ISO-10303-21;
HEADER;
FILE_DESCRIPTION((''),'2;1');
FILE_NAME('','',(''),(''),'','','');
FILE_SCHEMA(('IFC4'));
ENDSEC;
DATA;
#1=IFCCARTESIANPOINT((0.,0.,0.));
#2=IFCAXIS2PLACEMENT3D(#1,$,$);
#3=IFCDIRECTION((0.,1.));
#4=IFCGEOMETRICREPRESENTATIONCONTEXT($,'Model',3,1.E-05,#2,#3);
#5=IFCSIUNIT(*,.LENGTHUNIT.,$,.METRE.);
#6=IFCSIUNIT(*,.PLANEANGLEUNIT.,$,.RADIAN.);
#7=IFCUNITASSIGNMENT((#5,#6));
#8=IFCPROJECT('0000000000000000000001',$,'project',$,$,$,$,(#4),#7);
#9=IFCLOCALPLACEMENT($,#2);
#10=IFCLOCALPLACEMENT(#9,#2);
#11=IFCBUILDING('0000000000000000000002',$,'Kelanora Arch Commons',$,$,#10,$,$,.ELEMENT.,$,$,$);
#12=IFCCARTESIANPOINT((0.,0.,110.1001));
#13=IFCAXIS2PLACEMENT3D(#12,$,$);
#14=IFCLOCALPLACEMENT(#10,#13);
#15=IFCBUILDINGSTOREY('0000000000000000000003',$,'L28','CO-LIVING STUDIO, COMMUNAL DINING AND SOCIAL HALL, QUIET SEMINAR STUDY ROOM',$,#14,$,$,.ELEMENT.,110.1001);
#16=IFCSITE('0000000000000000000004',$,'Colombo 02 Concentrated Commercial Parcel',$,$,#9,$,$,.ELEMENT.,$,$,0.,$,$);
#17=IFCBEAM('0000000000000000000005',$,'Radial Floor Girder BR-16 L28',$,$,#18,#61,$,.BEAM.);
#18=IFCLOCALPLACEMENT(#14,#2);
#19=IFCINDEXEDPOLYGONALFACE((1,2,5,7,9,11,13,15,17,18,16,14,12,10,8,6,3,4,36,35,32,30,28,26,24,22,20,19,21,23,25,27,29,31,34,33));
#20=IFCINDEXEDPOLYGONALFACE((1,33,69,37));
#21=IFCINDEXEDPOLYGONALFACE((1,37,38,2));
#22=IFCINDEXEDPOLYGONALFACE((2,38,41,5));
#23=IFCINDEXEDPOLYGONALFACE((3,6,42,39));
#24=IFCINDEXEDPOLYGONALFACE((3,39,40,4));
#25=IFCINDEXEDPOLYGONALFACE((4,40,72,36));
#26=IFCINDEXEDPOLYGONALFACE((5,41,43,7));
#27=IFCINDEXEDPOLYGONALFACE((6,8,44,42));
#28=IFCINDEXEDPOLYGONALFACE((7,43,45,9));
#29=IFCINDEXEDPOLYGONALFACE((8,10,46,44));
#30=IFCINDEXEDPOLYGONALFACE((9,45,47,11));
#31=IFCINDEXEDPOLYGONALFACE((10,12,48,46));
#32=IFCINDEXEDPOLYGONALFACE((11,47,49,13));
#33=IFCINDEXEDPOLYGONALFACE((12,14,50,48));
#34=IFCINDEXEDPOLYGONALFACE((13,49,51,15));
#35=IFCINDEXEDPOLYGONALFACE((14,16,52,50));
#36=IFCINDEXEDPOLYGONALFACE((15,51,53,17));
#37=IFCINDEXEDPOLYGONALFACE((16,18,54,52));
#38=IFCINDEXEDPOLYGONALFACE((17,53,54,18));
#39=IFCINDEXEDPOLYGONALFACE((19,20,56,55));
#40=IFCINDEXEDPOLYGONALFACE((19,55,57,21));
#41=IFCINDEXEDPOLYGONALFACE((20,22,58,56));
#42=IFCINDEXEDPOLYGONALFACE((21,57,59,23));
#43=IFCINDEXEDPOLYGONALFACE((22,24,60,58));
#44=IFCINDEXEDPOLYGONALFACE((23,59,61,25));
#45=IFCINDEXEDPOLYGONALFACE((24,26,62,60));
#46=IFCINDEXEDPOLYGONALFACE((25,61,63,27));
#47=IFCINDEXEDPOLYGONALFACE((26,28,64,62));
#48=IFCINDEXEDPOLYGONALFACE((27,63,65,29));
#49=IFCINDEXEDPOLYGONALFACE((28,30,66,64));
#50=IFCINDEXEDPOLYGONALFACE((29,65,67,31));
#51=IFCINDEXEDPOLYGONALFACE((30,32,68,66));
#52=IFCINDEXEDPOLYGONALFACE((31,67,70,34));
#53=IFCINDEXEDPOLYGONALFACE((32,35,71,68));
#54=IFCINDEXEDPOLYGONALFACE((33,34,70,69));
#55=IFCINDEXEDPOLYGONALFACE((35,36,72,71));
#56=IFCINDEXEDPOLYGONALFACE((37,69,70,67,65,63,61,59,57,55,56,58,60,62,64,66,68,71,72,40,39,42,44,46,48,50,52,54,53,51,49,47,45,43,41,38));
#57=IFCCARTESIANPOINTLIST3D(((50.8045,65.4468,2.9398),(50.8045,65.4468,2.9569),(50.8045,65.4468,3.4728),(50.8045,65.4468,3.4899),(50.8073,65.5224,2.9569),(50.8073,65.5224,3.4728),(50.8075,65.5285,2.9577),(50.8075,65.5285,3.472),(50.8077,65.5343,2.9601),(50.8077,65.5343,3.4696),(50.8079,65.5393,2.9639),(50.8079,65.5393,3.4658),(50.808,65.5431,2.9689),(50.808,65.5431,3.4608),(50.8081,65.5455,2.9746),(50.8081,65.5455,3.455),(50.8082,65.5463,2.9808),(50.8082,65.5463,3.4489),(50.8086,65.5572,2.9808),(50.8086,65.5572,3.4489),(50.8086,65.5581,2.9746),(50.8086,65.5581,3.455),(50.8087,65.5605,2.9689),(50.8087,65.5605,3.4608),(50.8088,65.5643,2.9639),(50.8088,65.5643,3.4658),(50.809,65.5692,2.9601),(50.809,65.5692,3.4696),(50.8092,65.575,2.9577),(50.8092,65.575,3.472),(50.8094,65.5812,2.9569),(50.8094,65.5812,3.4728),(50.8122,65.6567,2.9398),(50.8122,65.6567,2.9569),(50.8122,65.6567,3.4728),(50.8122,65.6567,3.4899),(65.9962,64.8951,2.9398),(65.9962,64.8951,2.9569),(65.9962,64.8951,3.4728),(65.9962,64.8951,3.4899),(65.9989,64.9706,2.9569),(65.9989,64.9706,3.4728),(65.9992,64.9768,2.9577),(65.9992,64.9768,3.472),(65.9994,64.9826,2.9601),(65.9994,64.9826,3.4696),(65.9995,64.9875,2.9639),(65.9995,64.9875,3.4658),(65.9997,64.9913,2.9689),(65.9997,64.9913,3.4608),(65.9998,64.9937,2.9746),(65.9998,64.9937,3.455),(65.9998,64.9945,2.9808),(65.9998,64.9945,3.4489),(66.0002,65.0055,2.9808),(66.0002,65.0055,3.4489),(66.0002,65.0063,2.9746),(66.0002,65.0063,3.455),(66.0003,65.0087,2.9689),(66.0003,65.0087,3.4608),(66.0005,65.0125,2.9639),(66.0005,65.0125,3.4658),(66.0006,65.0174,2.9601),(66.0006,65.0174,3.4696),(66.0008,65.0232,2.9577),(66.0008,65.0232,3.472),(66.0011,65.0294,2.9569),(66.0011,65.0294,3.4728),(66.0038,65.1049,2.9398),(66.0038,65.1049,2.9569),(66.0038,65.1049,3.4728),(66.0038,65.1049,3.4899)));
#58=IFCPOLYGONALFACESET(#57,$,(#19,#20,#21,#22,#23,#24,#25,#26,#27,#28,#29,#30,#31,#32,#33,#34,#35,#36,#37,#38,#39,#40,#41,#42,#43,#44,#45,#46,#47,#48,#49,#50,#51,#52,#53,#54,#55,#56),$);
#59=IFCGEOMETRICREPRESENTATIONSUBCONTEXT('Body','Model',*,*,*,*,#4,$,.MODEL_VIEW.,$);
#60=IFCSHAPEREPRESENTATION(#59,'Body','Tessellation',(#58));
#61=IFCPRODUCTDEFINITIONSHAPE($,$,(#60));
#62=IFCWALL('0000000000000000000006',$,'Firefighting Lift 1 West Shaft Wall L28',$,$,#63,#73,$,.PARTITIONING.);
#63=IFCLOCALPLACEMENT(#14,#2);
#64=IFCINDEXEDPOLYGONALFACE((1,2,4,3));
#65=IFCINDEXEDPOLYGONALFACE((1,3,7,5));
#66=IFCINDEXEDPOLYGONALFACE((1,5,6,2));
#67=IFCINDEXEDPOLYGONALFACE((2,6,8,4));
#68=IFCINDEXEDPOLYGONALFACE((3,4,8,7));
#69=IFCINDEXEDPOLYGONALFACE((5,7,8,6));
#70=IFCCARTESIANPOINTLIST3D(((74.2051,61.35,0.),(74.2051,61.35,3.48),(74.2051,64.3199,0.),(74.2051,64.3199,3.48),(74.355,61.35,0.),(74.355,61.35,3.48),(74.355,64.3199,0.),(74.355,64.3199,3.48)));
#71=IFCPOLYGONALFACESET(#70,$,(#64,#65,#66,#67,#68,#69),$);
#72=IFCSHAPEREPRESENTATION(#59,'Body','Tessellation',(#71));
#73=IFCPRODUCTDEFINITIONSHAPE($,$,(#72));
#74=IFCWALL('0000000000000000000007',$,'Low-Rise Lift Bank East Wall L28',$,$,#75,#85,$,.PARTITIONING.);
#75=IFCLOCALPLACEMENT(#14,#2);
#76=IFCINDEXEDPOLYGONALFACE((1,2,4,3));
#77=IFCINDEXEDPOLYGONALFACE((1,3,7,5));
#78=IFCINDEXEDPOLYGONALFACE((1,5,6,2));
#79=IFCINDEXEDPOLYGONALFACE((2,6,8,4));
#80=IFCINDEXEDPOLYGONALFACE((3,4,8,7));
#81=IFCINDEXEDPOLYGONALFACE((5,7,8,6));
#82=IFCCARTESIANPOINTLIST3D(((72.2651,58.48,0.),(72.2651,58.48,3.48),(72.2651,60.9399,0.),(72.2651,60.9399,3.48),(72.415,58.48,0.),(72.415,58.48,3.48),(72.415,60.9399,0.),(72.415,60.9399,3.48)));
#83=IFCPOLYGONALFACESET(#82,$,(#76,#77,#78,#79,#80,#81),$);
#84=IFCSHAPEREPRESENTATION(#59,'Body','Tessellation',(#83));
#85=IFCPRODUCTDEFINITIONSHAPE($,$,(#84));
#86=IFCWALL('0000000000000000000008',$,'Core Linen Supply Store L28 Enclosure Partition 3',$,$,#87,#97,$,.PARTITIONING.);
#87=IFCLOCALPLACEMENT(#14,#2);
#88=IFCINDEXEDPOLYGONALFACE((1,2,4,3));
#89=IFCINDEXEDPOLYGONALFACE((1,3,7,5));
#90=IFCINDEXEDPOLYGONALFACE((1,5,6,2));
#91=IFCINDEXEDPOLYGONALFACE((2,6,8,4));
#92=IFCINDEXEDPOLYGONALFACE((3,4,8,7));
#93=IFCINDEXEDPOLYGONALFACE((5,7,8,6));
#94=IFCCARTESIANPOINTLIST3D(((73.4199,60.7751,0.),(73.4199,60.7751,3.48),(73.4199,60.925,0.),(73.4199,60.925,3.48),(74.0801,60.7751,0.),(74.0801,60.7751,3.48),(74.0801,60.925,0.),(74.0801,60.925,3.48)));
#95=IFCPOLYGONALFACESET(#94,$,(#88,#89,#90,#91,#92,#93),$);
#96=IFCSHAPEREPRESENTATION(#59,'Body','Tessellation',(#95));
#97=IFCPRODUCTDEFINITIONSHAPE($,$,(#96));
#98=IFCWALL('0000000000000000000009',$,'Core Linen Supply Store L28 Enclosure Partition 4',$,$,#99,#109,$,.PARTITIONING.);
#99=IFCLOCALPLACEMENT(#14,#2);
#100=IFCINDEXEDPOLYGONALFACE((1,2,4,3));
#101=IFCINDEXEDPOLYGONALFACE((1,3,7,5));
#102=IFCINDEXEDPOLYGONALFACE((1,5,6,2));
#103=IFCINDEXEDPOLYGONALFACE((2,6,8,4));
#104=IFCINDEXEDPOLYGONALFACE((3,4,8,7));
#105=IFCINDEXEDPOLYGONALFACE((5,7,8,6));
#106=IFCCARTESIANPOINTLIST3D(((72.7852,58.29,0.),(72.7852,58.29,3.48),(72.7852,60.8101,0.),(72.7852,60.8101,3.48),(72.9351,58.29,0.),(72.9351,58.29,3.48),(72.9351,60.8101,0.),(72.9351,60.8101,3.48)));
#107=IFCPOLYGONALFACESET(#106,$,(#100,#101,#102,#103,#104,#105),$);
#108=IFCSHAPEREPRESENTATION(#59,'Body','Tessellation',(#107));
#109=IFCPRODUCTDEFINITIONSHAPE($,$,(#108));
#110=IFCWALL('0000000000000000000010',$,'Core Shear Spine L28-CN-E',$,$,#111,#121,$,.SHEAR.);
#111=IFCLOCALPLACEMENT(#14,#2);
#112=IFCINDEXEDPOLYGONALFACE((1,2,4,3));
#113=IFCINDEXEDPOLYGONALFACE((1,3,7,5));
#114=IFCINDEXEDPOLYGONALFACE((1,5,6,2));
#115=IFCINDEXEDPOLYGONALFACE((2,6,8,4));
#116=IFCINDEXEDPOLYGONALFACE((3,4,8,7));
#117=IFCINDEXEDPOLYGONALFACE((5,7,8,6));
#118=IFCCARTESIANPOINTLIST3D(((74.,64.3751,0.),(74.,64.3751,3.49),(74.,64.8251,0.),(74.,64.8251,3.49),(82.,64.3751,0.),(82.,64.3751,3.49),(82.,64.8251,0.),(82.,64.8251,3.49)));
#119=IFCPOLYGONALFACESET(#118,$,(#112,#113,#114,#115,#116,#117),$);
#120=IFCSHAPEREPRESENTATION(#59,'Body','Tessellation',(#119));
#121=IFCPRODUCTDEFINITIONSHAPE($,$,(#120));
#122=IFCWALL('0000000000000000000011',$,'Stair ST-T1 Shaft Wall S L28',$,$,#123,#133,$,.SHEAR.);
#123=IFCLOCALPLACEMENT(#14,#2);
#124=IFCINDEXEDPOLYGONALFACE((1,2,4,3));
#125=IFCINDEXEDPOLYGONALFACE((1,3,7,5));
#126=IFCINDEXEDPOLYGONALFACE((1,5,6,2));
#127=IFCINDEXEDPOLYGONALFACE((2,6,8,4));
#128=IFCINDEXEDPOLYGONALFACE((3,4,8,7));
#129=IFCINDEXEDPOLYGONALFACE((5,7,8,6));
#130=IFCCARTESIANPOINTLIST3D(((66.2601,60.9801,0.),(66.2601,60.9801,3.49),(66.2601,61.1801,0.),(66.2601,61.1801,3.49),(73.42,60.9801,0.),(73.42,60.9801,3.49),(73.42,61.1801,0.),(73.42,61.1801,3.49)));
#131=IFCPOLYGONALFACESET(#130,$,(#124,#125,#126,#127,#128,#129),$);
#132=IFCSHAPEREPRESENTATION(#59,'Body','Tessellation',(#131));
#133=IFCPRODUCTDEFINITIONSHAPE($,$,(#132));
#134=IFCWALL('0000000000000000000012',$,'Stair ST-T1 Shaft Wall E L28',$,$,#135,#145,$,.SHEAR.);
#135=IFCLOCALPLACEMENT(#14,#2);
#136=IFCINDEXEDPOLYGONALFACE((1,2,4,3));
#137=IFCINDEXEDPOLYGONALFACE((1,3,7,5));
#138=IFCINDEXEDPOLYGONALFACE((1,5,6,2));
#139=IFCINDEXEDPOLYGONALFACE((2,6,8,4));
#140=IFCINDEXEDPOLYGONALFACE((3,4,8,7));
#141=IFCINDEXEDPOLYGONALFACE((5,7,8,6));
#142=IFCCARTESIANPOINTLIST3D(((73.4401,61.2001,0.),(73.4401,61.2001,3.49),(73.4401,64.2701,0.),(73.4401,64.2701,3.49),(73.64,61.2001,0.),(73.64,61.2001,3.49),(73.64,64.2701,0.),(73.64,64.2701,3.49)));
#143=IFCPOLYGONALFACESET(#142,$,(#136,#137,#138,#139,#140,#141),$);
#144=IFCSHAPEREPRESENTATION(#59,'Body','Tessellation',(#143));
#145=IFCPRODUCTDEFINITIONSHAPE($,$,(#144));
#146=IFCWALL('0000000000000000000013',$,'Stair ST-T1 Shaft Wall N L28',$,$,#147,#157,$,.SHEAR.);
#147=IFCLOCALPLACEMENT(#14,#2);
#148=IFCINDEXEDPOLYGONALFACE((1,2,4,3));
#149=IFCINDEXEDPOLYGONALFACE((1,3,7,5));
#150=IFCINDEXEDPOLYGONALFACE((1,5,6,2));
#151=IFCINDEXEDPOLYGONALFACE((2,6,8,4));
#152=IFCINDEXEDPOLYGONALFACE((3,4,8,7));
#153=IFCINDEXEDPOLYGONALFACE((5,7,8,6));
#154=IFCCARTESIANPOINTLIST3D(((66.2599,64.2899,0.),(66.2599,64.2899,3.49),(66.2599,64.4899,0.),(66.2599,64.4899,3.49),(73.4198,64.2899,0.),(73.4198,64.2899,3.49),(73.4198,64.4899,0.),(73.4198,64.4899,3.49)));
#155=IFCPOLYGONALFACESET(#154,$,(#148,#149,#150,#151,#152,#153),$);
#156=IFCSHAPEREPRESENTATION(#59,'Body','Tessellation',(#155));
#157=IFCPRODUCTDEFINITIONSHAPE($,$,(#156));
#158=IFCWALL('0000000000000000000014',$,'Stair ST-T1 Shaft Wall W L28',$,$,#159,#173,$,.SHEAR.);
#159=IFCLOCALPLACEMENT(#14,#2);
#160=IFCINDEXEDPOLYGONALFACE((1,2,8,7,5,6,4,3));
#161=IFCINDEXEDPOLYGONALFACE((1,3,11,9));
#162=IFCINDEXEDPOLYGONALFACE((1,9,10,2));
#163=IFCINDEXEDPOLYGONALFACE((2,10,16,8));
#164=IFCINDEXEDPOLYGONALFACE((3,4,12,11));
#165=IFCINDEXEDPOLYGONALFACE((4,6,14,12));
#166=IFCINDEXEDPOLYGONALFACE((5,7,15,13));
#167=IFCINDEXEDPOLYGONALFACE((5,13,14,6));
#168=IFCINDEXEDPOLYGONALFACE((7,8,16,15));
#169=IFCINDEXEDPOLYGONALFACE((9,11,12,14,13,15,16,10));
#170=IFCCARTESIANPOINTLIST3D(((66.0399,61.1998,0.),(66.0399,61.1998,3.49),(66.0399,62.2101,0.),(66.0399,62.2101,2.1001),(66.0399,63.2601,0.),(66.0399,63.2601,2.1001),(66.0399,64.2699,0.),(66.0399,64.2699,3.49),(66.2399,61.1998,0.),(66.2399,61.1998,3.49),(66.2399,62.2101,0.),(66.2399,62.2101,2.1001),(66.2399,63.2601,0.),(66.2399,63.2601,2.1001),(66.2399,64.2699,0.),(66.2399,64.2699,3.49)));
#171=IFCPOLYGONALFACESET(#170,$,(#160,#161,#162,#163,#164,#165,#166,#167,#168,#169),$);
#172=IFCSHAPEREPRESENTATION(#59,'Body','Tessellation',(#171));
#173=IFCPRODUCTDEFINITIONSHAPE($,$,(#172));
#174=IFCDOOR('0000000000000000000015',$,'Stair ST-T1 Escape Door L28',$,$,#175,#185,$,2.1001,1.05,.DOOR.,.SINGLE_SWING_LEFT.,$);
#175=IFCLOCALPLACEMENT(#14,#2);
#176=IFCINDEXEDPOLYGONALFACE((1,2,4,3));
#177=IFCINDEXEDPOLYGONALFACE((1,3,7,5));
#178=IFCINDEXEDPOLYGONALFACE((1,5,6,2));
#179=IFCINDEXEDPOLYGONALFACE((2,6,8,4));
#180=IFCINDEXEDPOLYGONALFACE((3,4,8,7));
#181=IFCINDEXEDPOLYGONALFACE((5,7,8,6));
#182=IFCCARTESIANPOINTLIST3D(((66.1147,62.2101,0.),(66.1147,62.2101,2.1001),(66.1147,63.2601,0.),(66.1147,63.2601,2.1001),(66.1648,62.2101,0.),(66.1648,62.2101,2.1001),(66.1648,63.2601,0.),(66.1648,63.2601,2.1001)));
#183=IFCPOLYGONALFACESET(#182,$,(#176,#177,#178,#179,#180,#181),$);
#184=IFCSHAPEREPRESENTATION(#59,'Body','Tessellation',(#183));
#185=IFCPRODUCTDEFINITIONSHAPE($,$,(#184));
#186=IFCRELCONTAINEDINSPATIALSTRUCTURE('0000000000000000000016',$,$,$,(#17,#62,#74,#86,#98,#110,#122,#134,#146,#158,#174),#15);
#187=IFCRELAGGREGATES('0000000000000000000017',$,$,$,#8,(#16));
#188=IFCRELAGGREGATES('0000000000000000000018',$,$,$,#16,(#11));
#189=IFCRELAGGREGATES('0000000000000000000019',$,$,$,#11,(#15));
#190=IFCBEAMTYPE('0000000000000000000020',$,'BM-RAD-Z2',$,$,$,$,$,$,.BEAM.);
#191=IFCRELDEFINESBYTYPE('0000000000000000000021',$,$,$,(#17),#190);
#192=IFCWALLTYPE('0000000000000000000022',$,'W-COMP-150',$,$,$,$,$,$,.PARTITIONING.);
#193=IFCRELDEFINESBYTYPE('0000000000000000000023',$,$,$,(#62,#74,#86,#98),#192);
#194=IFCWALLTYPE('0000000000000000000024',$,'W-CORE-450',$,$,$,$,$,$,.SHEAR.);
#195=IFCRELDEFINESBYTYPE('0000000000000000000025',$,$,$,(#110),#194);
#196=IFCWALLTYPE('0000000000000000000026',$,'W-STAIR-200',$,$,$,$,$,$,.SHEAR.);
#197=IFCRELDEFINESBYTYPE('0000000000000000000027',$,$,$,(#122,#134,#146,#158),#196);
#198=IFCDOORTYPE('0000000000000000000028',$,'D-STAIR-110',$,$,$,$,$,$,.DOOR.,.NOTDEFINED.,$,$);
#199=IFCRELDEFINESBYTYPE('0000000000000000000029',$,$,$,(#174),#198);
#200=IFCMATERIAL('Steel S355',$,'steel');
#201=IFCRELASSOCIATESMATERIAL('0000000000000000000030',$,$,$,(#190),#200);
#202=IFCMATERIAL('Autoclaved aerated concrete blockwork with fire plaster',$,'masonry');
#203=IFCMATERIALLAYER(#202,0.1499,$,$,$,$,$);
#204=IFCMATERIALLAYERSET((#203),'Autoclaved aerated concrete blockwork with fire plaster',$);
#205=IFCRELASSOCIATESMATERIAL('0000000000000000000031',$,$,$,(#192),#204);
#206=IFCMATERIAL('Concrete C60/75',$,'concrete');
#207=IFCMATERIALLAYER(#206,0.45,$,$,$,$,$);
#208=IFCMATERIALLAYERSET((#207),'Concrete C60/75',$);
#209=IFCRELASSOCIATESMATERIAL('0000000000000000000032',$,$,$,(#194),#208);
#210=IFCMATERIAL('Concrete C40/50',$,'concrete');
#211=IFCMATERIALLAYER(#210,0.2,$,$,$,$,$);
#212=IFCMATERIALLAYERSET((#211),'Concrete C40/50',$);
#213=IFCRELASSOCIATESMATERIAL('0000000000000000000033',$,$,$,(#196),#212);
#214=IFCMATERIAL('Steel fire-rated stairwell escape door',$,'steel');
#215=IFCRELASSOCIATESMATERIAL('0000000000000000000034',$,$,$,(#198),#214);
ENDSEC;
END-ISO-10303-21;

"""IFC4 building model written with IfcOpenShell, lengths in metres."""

from ifc_helpers import new_model, si_unit, direction, frame, frame_2d, origin, origin_2d, place, context, subcontext, project, spatial, rectangle, i_section, extrude, material, layer, layer_set, material_profile, profile_set, type_object, element, fill, save


model = new_model("IFC4")

# Units and contexts
model_context = context("Model", 3, precision=1e-05, world=origin(), true_north=direction((0.0, 1.0)))
body_context = subcontext(model_context, "Body", "Model", "MODEL_VIEW")
ifc_project = project(units=[si_unit("LENGTHUNIT", "METRE"), si_unit("PLANEANGLEUNIT", "RADIAN")], contexts=[model_context])

# Site, building, storey
site_placement = place(None, origin())
site = spatial("IfcSite", under=ifc_project, at=site_placement, Name="Colombo 02 Concentrated Commercial Parcel", CompositionType="ELEMENT", RefElevation=0.0)
building_placement = place(site_placement, origin())
building = spatial("IfcBuilding", under=site, at=building_placement, Name="Kelanora Arch Commons", CompositionType="ELEMENT")
storey_placement = place(building_placement, frame((0.0, 0.0, 110.1001)))
storey = spatial("IfcBuildingStorey", under=building, at=storey_placement, Name="L28", Description="CO-LIVING STUDIO, COMMUNAL DINING AND SOCIAL HALL, QUIET SEMINAR STUDY ROOM", CompositionType="ELEMENT", Elevation=110.1001)

# Shared definitions
ifc_material_1 = material(Name="Concrete C60/75", Category="concrete")

# Beam
ifc_material_2 = material(Name="Steel S355", Category="steel")
ifc_material_profile_1 = material_profile(ifc_material_2, i_section(OverallWidth=0.21, OverallDepth=0.55, WebThickness=0.011, FlangeThickness=0.0171, FilletRadius=0.0239, at=origin_2d()), Name="IPE550")
ifc_profile_set_1 = profile_set([ifc_material_profile_1], Name="Steel S355")
beam_type_1 = type_object("IfcBeamType", Name="BM-RAD-Z2", PredefinedType="BEAM", material=ifc_profile_set_1)
beam_1_placement = place(storey_placement, frame((66.0, 65.0, 3.2148), z_axis=(-0.999341, 0.036296, 0.0), x_axis=(-0.036296, -0.999341, 0.0)))
element("IfcBeam", 1, at=beam_1_placement, inside=storey, type_object=beam_type_1, Name="Radial Floor Girder BR-16 L28", PredefinedType="BEAM", context=body_context, shape_type="SweptSolid", body=[
    extrude(i_section(OverallWidth=0.21, OverallDepth=0.55, WebThickness=0.011, FlangeThickness=0.0171, FilletRadius=0.0239, at=origin_2d()), origin(), (0.0, 0.0, 1.0), 15.2017),
])

# Walls
ifc_material_3 = material(Name="Autoclaved aerated concrete blockwork with fire plaster", Category="masonry")
ifc_layer_1 = layer(ifc_material_3, 0.1499)
ifc_layer_set_1 = layer_set([ifc_layer_1], Name="Autoclaved aerated concrete blockwork with fire plaster")
wall_type_1 = type_object("IfcWallType", Name="W-COMP-150", PredefinedType="PARTITIONING", material=ifc_layer_set_1)
wall_1_placement = place(storey_placement, frame((74.28, 61.3501, 0.0), z_axis=(0.0, 0.0, 1.0), x_axis=(0.0, 1.0, 0.0)))
element("IfcWall", 2, at=wall_1_placement, inside=storey, type_object=wall_type_1, Name="Firefighting Lift 1 West Shaft Wall L28", PredefinedType="PARTITIONING", context=body_context, shape_type="SweptSolid", body=[
    extrude(rectangle(XDim=2.97, YDim=0.1499, at=frame_2d((1.4849, 0.0))), origin(), (0.0, 0.0, 1.0), 3.48),
])
wall_2_placement = place(storey_placement, frame((72.3401, 58.48, 0.0), z_axis=(0.0, 0.0, 1.0), x_axis=(0.0, 1.0, 0.0)))
element("IfcWall", 3, at=wall_2_placement, inside=storey, type_object=wall_type_1, Name="Low-Rise Lift Bank East Wall L28", PredefinedType="PARTITIONING", context=body_context, shape_type="SweptSolid", body=[
    extrude(rectangle(XDim=2.46, YDim=0.1499, at=frame_2d((1.23, 0.0))), origin(), (0.0, 0.0, 1.0), 3.48),
])
wall_3_placement = place(storey_placement, frame((74.0801, 60.8501, 0.0), z_axis=(0.0, 0.0, 1.0), x_axis=(-1.0, 0.0, 0.0)))
element("IfcWall", 4, at=wall_3_placement, inside=storey, type_object=wall_type_1, Name="Core Linen Supply Store L28 Enclosure Partition 3", PredefinedType="PARTITIONING", context=body_context, shape_type="SweptSolid", body=[
    extrude(rectangle(XDim=0.6602, YDim=0.1499, at=frame_2d((0.3301, 0.0))), origin(), (0.0, 0.0, 1.0), 3.48),
])
wall_4_placement = place(storey_placement, frame((72.8601, 60.8101, 0.0), z_axis=(0.0, 0.0, 1.0), x_axis=(0.0, -1.0, 0.0)))
element("IfcWall", 5, at=wall_4_placement, inside=storey, type_object=wall_type_1, Name="Core Linen Supply Store L28 Enclosure Partition 4", PredefinedType="PARTITIONING", context=body_context, shape_type="SweptSolid", body=[
    extrude(rectangle(XDim=2.52, YDim=0.1499, at=frame_2d((1.26, 0.0))), origin(), (0.0, 0.0, 1.0), 3.48),
])
ifc_layer_2 = layer(ifc_material_1, 0.45)
ifc_layer_set_2 = layer_set([ifc_layer_2], Name="Concrete C60/75")
wall_type_2 = type_object("IfcWallType", Name="W-CORE-450", PredefinedType="SHEAR", material=ifc_layer_set_2)
wall_5_placement = place(storey_placement, frame((74.0, 64.6001, 0.0), z_axis=(0.0, 0.0, 1.0), x_axis=(1.0, 0.0, 0.0)))
element("IfcWall", 6, at=wall_5_placement, inside=storey, type_object=wall_type_2, Name="Core Shear Spine L28-CN-E", PredefinedType="SHEAR", context=body_context, shape_type="SweptSolid", body=[
    extrude(rectangle(XDim=8.0, YDim=0.45, at=frame_2d((4.0, 0.0))), origin(), (0.0, 0.0, 1.0), 3.49),
])

# Shared definitions
ifc_material_4 = material(Name="Concrete C40/50", Category="concrete")

# Walls
ifc_layer_3 = layer(ifc_material_4, 0.2)
ifc_layer_set_3 = layer_set([ifc_layer_3], Name="Concrete C40/50")
wall_type_3 = type_object("IfcWallType", Name="W-STAIR-200", PredefinedType="SHEAR", material=ifc_layer_set_3)
wall_6_placement = place(storey_placement, frame((66.26, 61.0801, 0.0), z_axis=(0.0, 0.0, 1.0), x_axis=(1.0, 0.0, 0.0)))
element("IfcWall", 7, at=wall_6_placement, inside=storey, type_object=wall_type_3, Name="Stair ST-T1 Shaft Wall S L28", PredefinedType="SHEAR", context=body_context, shape_type="SweptSolid", body=[
    extrude(rectangle(XDim=7.1599, YDim=0.2, at=frame_2d((3.5801, 0.0))), origin(), (0.0, 0.0, 1.0), 3.49),
])
wall_7_placement = place(storey_placement, frame((73.54, 61.2, 0.0), z_axis=(0.0, 0.0, 1.0), x_axis=(0.0, 1.0, 0.0)))
element("IfcWall", 8, at=wall_7_placement, inside=storey, type_object=wall_type_3, Name="Stair ST-T1 Shaft Wall E L28", PredefinedType="SHEAR", context=body_context, shape_type="SweptSolid", body=[
    extrude(rectangle(XDim=3.0701, YDim=0.2, at=frame_2d((1.5352, 0.0))), origin(), (0.0, 0.0, 1.0), 3.49),
])
wall_8_placement = place(storey_placement, frame((73.4199, 64.3899, 0.0), z_axis=(0.0, 0.0, 1.0), x_axis=(-1.0, 0.0, 0.0)))
element("IfcWall", 9, at=wall_8_placement, inside=storey, type_object=wall_type_3, Name="Stair ST-T1 Shaft Wall N L28", PredefinedType="SHEAR", context=body_context, shape_type="SweptSolid", body=[
    extrude(rectangle(XDim=7.1599, YDim=0.2, at=frame_2d((3.5801, 0.0))), origin(), (0.0, 0.0, 1.0), 3.49),
])

# Wall, opening, door
wall_9_placement = place(storey_placement, frame((66.1399, 64.27, 0.0), z_axis=(0.0, 0.0, 1.0), x_axis=(0.0, -1.0, 0.0)))
wall_9 = element("IfcWall", 10, at=wall_9_placement, inside=storey, type_object=wall_type_3, Name="Stair ST-T1 Shaft Wall W L28", PredefinedType="SHEAR", context=body_context, shape_type="SweptSolid", body=[
    extrude(rectangle(XDim=3.0701, YDim=0.2, at=frame_2d((1.5352, 0.0))), origin(), (0.0, 0.0, 1.0), 3.49),
])
opening_1_placement = place(wall_9_placement, frame((1.01, 0.0, 0.0)))
opening_1 = element("IfcOpeningElement", 11, at=opening_1_placement, cuts=wall_9, PredefinedType="OPENING", context=body_context, shape_type="SweptSolid", body=[
    extrude(rectangle(XDim=1.05, YDim=2.1001, at=frame_2d((0.5249, 1.05))), frame((0.0, 0.1099, 0.0), z_axis=(0.0, -1.0, 0.0), x_axis=(1.0, 0.0, 0.0)), (0.0, 0.0, 1.0), 0.22),
])
ifc_material_5 = material(Name="Steel fire-rated stairwell escape door", Category="steel")
door_type_1 = type_object("IfcDoorType", Name="D-STAIR-110", OperationType="NOTDEFINED", PredefinedType="DOOR", material=ifc_material_5)
door_1_placement = place(opening_1_placement, origin())
door_1 = element("IfcDoor", 12, at=door_1_placement, inside=storey, type_object=door_type_1, Name="Stair ST-T1 Escape Door L28", OperationType="SINGLE_SWING_LEFT", OverallHeight=2.1001, OverallWidth=1.05, PredefinedType="DOOR", context=body_context, shape_type="SweptSolid", body=[
    extrude(rectangle(XDim=1.05, YDim=2.1001, at=frame_2d((0.5249, 1.05))), frame((0.0, 0.0249, 0.0), z_axis=(0.0, -1.0, 0.0), x_axis=(1.0, 0.0, 0.0)), (0.0, 0.0, 1.0), 0.05),
])
fill(opening_1, door_1)

save(model, "model.ifc")
